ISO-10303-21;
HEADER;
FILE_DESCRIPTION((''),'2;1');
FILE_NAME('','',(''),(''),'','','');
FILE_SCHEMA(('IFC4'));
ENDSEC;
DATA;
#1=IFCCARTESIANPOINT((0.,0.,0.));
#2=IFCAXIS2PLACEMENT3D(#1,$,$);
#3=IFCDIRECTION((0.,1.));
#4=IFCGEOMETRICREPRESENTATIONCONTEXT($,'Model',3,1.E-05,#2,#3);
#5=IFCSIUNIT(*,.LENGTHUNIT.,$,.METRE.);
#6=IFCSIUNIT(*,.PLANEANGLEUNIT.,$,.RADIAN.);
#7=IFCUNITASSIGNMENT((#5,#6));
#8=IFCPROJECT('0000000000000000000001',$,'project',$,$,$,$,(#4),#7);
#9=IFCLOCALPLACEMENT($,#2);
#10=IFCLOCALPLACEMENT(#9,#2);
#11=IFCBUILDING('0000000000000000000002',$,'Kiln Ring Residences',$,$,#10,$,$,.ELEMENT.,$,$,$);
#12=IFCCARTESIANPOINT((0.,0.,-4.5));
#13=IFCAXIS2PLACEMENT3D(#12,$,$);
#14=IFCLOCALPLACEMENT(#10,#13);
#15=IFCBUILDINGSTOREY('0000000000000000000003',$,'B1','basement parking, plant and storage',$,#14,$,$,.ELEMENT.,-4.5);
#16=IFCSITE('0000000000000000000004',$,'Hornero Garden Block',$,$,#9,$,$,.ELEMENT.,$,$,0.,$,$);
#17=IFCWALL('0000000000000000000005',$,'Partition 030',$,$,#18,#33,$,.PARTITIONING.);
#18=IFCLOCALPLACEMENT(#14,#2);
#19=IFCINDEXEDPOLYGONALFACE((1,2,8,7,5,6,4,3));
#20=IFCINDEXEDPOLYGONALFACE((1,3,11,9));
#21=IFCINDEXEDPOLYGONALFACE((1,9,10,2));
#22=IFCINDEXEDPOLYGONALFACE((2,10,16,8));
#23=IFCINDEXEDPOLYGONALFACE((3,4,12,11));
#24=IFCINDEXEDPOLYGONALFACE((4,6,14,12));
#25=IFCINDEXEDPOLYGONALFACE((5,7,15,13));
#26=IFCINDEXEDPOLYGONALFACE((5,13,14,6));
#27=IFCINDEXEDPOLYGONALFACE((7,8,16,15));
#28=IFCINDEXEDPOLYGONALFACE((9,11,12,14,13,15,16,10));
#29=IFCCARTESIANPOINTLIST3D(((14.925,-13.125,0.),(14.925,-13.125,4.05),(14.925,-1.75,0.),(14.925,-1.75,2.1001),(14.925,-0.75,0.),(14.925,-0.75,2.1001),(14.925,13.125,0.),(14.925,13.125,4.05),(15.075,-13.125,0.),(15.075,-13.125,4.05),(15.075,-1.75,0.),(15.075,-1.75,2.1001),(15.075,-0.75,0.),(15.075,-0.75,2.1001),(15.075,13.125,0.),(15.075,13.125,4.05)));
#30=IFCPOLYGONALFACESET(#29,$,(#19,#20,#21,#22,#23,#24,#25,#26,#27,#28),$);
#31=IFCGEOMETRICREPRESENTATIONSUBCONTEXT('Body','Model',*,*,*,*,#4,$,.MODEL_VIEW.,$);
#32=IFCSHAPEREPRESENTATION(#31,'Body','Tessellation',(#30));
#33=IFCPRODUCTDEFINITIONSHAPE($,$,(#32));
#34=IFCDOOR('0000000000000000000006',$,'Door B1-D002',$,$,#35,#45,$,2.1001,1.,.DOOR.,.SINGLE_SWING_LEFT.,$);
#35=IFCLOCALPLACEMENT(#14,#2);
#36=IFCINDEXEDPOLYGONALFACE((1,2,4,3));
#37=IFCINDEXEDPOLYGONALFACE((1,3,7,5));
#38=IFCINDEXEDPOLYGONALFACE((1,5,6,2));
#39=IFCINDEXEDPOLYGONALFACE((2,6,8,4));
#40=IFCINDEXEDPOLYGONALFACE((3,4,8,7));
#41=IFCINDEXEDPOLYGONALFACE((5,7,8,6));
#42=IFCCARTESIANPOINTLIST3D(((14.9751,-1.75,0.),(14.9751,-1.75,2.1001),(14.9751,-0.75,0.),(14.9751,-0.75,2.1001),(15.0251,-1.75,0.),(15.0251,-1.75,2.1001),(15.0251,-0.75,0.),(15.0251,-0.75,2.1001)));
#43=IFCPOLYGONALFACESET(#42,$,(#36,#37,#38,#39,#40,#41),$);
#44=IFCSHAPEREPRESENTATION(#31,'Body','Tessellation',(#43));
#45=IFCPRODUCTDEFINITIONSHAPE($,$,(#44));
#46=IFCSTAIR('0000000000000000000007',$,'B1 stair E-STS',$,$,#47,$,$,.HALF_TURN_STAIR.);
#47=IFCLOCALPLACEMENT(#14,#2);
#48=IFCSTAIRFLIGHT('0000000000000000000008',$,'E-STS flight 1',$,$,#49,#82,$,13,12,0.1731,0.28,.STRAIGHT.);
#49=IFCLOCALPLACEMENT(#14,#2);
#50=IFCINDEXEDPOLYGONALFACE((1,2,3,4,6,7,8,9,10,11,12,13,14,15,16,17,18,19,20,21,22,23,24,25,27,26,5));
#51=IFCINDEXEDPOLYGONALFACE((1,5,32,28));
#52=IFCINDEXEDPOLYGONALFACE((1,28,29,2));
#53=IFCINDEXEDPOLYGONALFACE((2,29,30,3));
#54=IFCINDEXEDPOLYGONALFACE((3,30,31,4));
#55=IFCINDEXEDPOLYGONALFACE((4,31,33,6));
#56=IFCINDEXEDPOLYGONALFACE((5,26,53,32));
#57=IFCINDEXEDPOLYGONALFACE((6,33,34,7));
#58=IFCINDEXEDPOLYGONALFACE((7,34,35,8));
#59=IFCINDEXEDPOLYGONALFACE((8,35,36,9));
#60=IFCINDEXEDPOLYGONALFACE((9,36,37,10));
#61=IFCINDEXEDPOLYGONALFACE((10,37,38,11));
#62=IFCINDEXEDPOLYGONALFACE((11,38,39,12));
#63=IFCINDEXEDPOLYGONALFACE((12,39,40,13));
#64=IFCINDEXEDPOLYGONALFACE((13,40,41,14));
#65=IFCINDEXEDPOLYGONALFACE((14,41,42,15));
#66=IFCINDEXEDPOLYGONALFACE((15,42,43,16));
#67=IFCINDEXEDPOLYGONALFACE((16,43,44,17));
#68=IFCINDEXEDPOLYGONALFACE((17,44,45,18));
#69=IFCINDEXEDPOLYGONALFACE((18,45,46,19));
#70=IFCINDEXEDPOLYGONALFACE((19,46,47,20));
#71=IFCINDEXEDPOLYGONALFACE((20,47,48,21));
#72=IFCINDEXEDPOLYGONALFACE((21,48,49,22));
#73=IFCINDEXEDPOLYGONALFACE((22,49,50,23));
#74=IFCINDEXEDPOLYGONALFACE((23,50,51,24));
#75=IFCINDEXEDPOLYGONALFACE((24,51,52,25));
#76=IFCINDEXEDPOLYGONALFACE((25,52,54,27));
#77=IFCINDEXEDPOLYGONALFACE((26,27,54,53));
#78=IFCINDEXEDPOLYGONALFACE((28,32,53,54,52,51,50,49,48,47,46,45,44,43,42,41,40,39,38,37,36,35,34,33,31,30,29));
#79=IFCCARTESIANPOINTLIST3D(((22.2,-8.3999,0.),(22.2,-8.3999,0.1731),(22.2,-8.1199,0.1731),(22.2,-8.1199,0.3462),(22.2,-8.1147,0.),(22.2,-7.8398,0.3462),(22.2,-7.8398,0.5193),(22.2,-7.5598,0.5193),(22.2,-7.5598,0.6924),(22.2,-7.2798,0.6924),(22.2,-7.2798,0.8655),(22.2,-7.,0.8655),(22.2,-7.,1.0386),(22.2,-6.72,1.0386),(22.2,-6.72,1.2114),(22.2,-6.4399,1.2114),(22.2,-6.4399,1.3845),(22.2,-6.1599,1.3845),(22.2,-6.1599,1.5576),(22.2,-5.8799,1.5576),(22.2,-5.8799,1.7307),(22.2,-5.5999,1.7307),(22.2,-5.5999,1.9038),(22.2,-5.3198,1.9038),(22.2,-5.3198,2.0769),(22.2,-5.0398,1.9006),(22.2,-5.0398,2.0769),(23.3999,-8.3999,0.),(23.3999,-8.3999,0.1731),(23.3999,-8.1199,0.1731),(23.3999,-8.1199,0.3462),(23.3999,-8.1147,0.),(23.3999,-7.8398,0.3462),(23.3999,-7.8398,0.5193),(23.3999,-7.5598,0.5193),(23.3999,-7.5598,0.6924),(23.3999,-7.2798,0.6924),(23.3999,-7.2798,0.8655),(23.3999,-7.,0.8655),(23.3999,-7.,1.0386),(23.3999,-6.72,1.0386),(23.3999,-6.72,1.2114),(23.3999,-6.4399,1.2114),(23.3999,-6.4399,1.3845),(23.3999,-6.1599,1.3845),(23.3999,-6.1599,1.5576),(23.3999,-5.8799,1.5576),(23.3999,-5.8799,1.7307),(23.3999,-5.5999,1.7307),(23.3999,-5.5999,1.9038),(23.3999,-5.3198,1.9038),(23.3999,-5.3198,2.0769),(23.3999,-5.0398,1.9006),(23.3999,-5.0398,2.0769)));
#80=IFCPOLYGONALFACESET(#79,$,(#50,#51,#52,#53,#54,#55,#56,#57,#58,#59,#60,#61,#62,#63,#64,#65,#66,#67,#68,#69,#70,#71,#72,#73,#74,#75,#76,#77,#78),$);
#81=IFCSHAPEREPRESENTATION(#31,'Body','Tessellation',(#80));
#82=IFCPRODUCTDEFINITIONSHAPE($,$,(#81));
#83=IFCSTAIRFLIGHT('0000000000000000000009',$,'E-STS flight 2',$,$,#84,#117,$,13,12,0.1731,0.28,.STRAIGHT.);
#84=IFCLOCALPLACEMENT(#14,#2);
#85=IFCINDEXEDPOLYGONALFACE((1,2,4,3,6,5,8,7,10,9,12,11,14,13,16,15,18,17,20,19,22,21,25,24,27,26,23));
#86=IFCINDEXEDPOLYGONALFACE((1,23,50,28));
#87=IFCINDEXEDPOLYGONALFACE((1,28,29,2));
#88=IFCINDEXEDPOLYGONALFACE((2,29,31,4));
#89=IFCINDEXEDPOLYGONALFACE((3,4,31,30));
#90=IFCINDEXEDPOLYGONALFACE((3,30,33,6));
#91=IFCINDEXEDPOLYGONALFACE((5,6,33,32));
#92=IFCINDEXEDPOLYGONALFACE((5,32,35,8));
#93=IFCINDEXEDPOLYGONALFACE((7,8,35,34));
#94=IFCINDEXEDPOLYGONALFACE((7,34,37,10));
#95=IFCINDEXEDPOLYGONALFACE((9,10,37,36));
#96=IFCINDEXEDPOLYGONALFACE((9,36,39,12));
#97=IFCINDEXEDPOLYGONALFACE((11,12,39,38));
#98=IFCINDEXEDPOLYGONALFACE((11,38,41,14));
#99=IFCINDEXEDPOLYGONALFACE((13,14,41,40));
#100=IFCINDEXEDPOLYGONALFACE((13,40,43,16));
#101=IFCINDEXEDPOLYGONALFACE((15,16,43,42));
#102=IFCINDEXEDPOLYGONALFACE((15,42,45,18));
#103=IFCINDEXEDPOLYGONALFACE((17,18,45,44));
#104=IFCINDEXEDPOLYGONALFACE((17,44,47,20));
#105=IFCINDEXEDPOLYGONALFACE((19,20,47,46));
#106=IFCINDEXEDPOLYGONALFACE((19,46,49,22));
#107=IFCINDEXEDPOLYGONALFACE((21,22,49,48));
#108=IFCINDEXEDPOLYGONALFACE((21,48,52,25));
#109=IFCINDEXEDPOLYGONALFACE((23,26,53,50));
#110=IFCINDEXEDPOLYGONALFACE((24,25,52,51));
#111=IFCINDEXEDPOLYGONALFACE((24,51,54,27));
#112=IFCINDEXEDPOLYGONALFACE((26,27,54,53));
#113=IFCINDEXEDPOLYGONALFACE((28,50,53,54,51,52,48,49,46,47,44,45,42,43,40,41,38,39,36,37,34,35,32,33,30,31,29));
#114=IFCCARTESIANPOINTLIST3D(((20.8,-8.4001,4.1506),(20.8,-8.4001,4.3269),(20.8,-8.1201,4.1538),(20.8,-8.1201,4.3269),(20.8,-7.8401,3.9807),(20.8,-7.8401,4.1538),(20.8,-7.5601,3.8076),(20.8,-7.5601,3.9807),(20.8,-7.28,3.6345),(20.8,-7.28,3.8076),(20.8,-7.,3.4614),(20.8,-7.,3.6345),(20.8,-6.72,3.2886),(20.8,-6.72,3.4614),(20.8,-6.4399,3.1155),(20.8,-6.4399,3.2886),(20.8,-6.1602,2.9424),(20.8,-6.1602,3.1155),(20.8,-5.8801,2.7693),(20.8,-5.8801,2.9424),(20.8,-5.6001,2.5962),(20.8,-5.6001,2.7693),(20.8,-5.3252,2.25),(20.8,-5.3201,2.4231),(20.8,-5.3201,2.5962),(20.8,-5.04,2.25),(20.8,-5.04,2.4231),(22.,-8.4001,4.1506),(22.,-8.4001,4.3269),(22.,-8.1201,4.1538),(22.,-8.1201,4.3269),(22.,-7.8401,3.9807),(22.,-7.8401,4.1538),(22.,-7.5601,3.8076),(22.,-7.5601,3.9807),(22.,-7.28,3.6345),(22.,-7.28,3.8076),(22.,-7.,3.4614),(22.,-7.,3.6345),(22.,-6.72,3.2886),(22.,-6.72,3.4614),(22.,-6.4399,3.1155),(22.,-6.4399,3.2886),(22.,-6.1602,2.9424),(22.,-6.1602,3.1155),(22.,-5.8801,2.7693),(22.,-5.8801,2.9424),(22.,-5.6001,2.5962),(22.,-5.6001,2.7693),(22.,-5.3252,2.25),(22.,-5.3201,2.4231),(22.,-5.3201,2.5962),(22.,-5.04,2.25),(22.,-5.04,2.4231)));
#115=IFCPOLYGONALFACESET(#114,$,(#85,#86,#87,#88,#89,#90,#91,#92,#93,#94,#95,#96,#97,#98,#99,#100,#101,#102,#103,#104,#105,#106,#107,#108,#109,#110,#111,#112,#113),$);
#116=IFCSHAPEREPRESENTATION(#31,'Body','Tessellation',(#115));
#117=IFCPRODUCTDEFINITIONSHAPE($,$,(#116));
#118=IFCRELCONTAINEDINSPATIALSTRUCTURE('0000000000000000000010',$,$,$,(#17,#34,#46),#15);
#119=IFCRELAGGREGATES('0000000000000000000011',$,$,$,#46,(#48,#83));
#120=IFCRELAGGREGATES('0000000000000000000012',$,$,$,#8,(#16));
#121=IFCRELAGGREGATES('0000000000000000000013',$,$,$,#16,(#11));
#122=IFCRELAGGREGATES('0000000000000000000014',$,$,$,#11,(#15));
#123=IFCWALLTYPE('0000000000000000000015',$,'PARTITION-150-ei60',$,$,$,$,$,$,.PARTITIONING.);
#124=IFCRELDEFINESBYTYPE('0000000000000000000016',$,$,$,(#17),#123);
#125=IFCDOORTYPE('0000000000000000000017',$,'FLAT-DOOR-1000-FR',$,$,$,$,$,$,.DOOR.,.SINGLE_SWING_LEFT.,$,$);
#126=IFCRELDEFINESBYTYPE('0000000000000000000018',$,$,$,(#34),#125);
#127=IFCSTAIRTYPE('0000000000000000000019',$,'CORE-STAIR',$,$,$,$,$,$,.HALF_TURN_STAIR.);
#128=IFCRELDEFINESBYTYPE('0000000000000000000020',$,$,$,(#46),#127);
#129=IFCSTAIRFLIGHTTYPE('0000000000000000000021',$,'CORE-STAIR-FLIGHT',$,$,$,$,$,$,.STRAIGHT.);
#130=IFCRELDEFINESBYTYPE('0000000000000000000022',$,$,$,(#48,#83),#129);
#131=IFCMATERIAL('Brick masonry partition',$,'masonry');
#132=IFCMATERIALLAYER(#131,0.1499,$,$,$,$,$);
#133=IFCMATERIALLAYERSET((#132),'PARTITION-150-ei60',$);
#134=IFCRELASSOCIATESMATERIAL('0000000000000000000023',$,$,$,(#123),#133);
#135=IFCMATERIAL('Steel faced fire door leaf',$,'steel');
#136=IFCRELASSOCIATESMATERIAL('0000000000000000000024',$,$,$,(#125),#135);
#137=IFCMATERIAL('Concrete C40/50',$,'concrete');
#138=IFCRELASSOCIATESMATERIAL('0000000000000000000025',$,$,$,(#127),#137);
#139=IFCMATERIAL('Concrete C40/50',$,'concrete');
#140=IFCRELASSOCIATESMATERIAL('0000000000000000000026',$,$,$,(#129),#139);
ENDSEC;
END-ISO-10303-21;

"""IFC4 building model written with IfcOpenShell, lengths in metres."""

from ifc_helpers import new_model, si_unit, direction, frame, frame_2d, origin, place, context, subcontext, project, spatial, polyline, rectangle, outline, extrude, material, layer, layer_set, type_object, element, fill, aggregate, save


model = new_model("IFC4")

# Units and contexts
model_context = context("Model", 3, precision=1e-05, world=origin(), true_north=direction((0.0, 1.0)))
body_context = subcontext(model_context, "Body", "Model", "MODEL_VIEW")
ifc_project = project(units=[si_unit("LENGTHUNIT", "METRE"), si_unit("PLANEANGLEUNIT", "RADIAN")], contexts=[model_context])

# Site, building, storey
site_placement = place(None, origin())
site = spatial("IfcSite", under=ifc_project, at=site_placement, Name="Hornero Garden Block", CompositionType="ELEMENT", RefElevation=0.0)
building_placement = place(site_placement, origin())
building = spatial("IfcBuilding", under=site, at=building_placement, Name="Kiln Ring Residences", CompositionType="ELEMENT")
storey_placement = place(building_placement, frame((0.0, 0.0, -4.5)))
storey = spatial("IfcBuildingStorey", under=building, at=storey_placement, Name="B1", Description="basement parking, plant and storage", CompositionType="ELEMENT", Elevation=-4.5)

# Wall, opening, door
ifc_material_1 = material(Name="Brick masonry partition", Category="masonry")
ifc_layer_1 = layer(ifc_material_1, 0.1499)
ifc_layer_set_1 = layer_set([ifc_layer_1], Name="PARTITION-150-ei60")
wall_type_1 = type_object("IfcWallType", Name="PARTITION-150-ei60", PredefinedType="PARTITIONING", material=ifc_layer_set_1)
wall_1_placement = place(storey_placement, frame((15.0, -13.125, 0.0), z_axis=(0.0, 0.0, 1.0), x_axis=(0.0, 1.0, 0.0)))
wall_1 = element("IfcWall", 1, at=wall_1_placement, inside=storey, type_object=wall_type_1, Name="Partition 030", PredefinedType="PARTITIONING", context=body_context, shape_type="SweptSolid", body=[
    extrude(rectangle(XDim=26.25, YDim=0.1499, at=frame_2d((13.125, 0.0))), origin(), (0.0, 0.0, 1.0), 4.05),
])
opening_1_placement = place(wall_1_placement, frame((11.375, 0.0, 0.0)))
opening_1 = element("IfcOpeningElement", 2, at=opening_1_placement, cuts=wall_1, PredefinedType="OPENING", context=body_context, shape_type="SweptSolid", body=[
    extrude(rectangle(XDim=1.0, YDim=2.1001, at=frame_2d((0.5, 1.05))), frame((0.0, 0.085, 0.0), z_axis=(0.0, -1.0, 0.0), x_axis=(1.0, 0.0, 0.0)), (0.0, 0.0, 1.0), 0.1699),
])
ifc_material_2 = material(Name="Steel faced fire door leaf", Category="steel")
door_type_1 = type_object("IfcDoorType", Name="FLAT-DOOR-1000-FR", OperationType="SINGLE_SWING_LEFT", PredefinedType="DOOR", material=ifc_material_2)
door_1_placement = place(opening_1_placement, origin())
door_1 = element("IfcDoor", 3, at=door_1_placement, inside=storey, type_object=door_type_1, Name="Door B1-D002", OperationType="SINGLE_SWING_LEFT", OverallHeight=2.1001, OverallWidth=1.0, PredefinedType="DOOR", context=body_context, shape_type="SweptSolid", body=[
    extrude(rectangle(XDim=1.0, YDim=2.1001, at=frame_2d((0.5, 1.05))), frame((0.0, 0.0249, 0.0), z_axis=(0.0, -1.0, 0.0), x_axis=(1.0, 0.0, 0.0)), (0.0, 0.0, 1.0), 0.05),
])
fill(opening_1, door_1)

# Stair, stair flights
ifc_material_3 = material(Name="Concrete C40/50", Category="concrete")
stair_type = type_object("IfcStairType", Name="CORE-STAIR", PredefinedType="HALF_TURN_STAIR", material=ifc_material_3)
stair_placement = place(storey_placement, origin())
stair = element("IfcStair", 4, at=stair_placement, inside=storey, type_object=stair_type, Name="B1 stair E-STS", PredefinedType="HALF_TURN_STAIR")
ifc_material_4 = material(Name="Concrete C40/50", Category="concrete")
stair_flight_type = type_object("IfcStairFlightType", Name="CORE-STAIR-FLIGHT", PredefinedType="STRAIGHT", material=ifc_material_4)
stair_flight_1_placement = place(storey_placement, frame((22.8, -8.3999, 0.0), z_axis=(0.0, 0.0, 1.0), x_axis=(0.0, 1.0, 0.0)))
stair_flight_1 = element("IfcStairFlight", 5, at=stair_flight_1_placement, type_object=stair_flight_type, Name="E-STS flight 1", NumberOfRisers=13, NumberOfTreads=12, PredefinedType="STRAIGHT", RiserHeight=0.1731, TreadLength=0.28, context=body_context, shape_type="SweptSolid", body=[
    extrude(outline(polyline([(0.0, 0.0), (0.0, 0.1731), (0.28, 0.1731), (0.28, 0.3462), (0.5601, 0.3462), (0.5601, 0.5193), (0.8401, 0.5193), (0.8401, 0.6924), (1.1201, 0.6924), (1.1201, 0.8655), (1.3999, 0.8655), (1.3999, 1.0386), (1.6799, 1.0386), (1.6799, 1.2114), (1.96, 1.2114), (1.96, 1.3845), (2.24, 1.3845), (2.24, 1.5576), (2.52, 1.5576), (2.52, 1.7307), (2.8, 1.7307), (2.8, 1.9038), (3.0801, 1.9038), (3.0801, 2.0769), (3.3601, 2.0769), (3.3601, 2.25), (3.3601, 1.9006), (0.2852, 0.0), (0.0, 0.0)])), frame((0.0, 0.6001, 0.0), z_axis=(0.0, -1.0, 0.0), x_axis=(1.0, 0.0, 0.0)), (0.0, 0.0, 1.0), 1.2),
])
stair_flight_2_placement = place(storey_placement, frame((21.3999, -5.04, 2.25), z_axis=(0.0, 0.0, 1.0), x_axis=(0.0, -1.0, 0.0)))
stair_flight_2 = element("IfcStairFlight", 6, at=stair_flight_2_placement, type_object=stair_flight_type, Name="E-STS flight 2", NumberOfRisers=13, NumberOfTreads=12, PredefinedType="STRAIGHT", RiserHeight=0.1731, TreadLength=0.28, context=body_context, shape_type="SweptSolid", body=[
    extrude(outline(polyline([(0.0, 0.0), (0.0, 0.1731), (0.28, 0.1731), (0.28, 0.3462), (0.5601, 0.3462), (0.5601, 0.5193), (0.8401, 0.5193), (0.8401, 0.6924), (1.1201, 0.6924), (1.1201, 0.8655), (1.3999, 0.8655), (1.3999, 1.0386), (1.6799, 1.0386), (1.6799, 1.2114), (1.96, 1.2114), (1.96, 1.3845), (2.24, 1.3845), (2.24, 1.5576), (2.52, 1.5576), (2.52, 1.7307), (2.8, 1.7307), (2.8, 1.9038), (3.0801, 1.9038), (3.0801, 2.0769), (3.3601, 2.0769), (3.3601, 2.25), (3.3601, 1.9006), (0.2852, 0.0), (0.0, 0.0)])), frame((0.0, 0.6001, 0.0), z_axis=(0.0, -1.0, 0.0), x_axis=(1.0, 0.0, 0.0)), (0.0, 0.0, 1.0), 1.2),
])
aggregate(stair, [stair_flight_1, stair_flight_2])

save(model, "model.ifc")
